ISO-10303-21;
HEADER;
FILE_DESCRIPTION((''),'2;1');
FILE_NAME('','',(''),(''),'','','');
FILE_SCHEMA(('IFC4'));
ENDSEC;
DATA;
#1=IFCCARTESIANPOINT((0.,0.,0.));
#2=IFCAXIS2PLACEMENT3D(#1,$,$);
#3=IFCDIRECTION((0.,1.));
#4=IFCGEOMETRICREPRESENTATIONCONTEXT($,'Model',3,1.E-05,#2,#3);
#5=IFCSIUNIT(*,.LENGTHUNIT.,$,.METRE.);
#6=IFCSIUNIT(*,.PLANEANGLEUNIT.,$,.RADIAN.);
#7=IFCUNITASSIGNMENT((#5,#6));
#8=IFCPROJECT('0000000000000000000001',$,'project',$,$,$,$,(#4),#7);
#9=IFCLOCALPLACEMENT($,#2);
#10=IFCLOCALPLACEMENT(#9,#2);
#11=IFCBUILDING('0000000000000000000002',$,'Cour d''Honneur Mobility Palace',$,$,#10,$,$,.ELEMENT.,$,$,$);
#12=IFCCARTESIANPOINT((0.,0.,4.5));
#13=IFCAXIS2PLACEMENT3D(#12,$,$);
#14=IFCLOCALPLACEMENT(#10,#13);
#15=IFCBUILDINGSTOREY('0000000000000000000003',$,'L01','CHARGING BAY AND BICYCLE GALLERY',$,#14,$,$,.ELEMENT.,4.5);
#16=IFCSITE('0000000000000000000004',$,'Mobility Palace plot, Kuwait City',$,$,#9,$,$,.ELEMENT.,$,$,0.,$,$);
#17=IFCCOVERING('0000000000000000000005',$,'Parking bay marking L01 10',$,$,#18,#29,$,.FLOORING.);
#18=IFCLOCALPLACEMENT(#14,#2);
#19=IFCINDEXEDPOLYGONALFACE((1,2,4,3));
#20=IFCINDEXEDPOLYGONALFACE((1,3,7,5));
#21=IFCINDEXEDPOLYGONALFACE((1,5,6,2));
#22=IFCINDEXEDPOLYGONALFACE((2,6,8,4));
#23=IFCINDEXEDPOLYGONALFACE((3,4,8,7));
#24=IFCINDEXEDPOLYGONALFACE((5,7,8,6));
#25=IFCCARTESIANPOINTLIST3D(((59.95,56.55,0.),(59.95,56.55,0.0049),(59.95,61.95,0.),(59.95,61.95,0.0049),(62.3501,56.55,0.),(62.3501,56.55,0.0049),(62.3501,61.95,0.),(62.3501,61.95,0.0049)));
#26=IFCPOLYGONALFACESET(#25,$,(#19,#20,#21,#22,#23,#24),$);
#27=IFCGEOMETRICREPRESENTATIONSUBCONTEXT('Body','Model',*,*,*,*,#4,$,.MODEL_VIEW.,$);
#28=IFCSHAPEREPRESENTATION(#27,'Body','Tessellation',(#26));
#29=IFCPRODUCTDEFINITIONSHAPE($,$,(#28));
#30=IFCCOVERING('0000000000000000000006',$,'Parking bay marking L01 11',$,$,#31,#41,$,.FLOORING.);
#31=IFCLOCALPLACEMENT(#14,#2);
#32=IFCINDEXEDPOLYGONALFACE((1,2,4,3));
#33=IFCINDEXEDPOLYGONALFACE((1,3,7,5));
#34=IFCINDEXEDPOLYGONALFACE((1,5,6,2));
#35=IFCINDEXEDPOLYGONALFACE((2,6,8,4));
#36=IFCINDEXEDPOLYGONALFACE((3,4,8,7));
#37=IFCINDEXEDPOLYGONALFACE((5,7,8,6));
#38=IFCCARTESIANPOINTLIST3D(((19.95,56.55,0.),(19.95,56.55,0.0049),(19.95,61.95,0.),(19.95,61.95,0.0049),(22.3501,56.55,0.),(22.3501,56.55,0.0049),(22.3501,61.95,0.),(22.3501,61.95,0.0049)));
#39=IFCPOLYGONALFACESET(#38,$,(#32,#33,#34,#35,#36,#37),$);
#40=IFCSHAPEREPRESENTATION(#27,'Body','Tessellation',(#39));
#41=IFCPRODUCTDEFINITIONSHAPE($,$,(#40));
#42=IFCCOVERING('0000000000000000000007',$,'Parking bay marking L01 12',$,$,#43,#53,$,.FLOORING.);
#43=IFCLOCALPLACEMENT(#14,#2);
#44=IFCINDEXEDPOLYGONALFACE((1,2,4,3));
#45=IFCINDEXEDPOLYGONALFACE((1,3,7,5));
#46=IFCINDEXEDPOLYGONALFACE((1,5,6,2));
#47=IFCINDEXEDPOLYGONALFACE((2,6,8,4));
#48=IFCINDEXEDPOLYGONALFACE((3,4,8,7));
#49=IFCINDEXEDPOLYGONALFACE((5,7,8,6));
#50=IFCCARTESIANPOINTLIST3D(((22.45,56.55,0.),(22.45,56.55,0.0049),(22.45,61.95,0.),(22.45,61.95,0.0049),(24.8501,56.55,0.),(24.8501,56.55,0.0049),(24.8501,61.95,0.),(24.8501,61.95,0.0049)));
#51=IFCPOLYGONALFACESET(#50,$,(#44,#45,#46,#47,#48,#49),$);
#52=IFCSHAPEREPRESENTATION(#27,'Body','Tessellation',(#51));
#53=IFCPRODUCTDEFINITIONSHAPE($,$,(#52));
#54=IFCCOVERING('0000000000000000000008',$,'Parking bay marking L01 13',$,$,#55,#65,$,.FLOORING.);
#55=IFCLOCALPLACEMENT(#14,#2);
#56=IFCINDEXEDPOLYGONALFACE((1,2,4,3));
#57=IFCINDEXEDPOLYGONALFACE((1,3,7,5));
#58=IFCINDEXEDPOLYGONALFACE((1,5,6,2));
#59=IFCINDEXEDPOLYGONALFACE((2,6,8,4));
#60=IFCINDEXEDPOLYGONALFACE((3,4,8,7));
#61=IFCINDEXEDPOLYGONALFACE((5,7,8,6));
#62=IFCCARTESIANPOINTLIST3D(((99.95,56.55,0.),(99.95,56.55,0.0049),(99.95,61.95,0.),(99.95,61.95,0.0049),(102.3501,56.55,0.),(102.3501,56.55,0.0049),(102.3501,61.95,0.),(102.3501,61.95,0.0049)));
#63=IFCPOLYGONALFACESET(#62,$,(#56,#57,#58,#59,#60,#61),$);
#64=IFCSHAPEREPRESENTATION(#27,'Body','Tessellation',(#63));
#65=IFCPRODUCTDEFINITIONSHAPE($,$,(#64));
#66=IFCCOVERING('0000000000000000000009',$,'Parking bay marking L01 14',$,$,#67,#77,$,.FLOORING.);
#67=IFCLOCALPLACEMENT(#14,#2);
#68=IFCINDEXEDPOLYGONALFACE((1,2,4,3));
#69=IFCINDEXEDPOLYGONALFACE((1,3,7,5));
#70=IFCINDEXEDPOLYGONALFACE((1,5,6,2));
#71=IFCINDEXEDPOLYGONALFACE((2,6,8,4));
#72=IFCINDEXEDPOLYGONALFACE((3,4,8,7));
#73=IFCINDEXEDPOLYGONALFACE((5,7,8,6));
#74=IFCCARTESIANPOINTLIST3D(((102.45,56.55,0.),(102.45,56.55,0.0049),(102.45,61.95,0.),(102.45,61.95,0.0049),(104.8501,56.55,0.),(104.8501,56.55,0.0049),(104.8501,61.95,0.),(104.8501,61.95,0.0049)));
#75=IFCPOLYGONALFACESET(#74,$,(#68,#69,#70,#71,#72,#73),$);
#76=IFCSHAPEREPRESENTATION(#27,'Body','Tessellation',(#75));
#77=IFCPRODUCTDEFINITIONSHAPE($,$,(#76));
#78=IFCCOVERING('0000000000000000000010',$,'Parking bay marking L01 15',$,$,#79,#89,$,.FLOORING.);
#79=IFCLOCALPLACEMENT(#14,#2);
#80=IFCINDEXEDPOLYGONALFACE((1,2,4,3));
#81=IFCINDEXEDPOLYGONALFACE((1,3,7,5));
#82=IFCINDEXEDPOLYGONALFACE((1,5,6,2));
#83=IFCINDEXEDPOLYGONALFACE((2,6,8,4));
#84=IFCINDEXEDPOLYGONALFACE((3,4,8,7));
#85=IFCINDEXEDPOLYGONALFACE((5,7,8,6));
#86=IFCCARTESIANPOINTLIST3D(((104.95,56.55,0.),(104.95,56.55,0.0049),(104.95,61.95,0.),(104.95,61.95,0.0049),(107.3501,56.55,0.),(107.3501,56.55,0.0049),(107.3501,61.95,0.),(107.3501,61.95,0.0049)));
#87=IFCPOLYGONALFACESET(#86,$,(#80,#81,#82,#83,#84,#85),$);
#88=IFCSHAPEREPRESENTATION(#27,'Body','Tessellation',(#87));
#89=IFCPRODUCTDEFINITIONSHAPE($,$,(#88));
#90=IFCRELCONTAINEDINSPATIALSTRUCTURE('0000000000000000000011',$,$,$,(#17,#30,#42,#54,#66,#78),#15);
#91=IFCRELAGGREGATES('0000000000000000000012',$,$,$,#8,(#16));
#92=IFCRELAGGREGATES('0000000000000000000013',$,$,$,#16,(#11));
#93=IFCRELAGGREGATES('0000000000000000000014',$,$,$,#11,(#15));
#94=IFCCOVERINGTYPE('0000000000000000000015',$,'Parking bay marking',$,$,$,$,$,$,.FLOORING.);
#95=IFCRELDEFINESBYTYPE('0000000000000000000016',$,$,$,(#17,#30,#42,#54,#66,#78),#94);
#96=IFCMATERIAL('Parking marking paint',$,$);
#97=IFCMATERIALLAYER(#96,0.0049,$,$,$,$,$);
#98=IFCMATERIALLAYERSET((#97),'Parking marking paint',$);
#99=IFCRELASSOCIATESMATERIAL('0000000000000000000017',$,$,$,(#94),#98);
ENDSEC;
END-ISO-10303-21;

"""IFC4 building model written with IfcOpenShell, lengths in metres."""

from ifc_helpers import new_model, si_unit, direction, frame, origin, place, context, subcontext, project, spatial, polyline, outline, extrude, material, layer, layer_set, type_object, element, save


model = new_model("IFC4")

# Units and contexts
model_context = context("Model", 3, precision=1e-05, world=origin(), true_north=direction((0.0, 1.0)))
body_context = subcontext(model_context, "Body", "Model", "MODEL_VIEW")
ifc_project = project(units=[si_unit("LENGTHUNIT", "METRE"), si_unit("PLANEANGLEUNIT", "RADIAN")], contexts=[model_context])

# Site, building, storey
site_placement = place(None, origin())
site = spatial("IfcSite", under=ifc_project, at=site_placement, Name="Mobility Palace plot, Kuwait City", CompositionType="ELEMENT", RefElevation=0.0)
building_placement = place(site_placement, origin())
building = spatial("IfcBuilding", under=site, at=building_placement, Name="Cour d'Honneur Mobility Palace", CompositionType="ELEMENT")
storey_placement = place(building_placement, frame((0.0, 0.0, 4.5)))
storey = spatial("IfcBuildingStorey", under=building, at=storey_placement, Name="L01", Description="CHARGING BAY AND BICYCLE GALLERY", CompositionType="ELEMENT", Elevation=4.5)

# Coverings
ifc_material_1 = material(Name="Parking marking paint")
ifc_layer_1 = layer(ifc_material_1, 0.0049)
ifc_layer_set_1 = layer_set([ifc_layer_1], Name="Parking marking paint")
covering_type_1 = type_object("IfcCoveringType", Name="Parking bay marking", PredefinedType="FLOORING", material=ifc_layer_set_1)
covering_1_placement = place(storey_placement, origin())
element("IfcCovering", 1, at=covering_1_placement, inside=storey, type_object=covering_type_1, Name="Parking bay marking L01 10", PredefinedType="FLOORING", context=body_context, shape_type="SweptSolid", body=[
    extrude(outline(polyline([(62.3501, 56.55), (59.95, 56.55), (59.95, 61.95), (62.3501, 61.95), (62.3501, 56.55)])), origin(), (0.0, 0.0, 1.0), 0.0049),
])
covering_2_placement = place(storey_placement, origin())
element("IfcCovering", 2, at=covering_2_placement, inside=storey, type_object=covering_type_1, Name="Parking bay marking L01 11", PredefinedType="FLOORING", context=body_context, shape_type="SweptSolid", body=[
    extrude(outline(polyline([(22.3501, 56.55), (19.95, 56.55), (19.95, 61.95), (22.3501, 61.95), (22.3501, 56.55)])), origin(), (0.0, 0.0, 1.0), 0.0049),
])
covering_3_placement = place(storey_placement, origin())
element("IfcCovering", 3, at=covering_3_placement, inside=storey, type_object=covering_type_1, Name="Parking bay marking L01 12", PredefinedType="FLOORING", context=body_context, shape_type="SweptSolid", body=[
    extrude(outline(polyline([(24.8501, 56.55), (22.45, 56.55), (22.45, 61.95), (24.8501, 61.95), (24.8501, 56.55)])), origin(), (0.0, 0.0, 1.0), 0.0049),
])
covering_4_placement = place(storey_placement, origin())
element("IfcCovering", 4, at=covering_4_placement, inside=storey, type_object=covering_type_1, Name="Parking bay marking L01 13", PredefinedType="FLOORING", context=body_context, shape_type="SweptSolid", body=[
    extrude(outline(polyline([(102.3501, 56.55), (99.95, 56.55), (99.95, 61.95), (102.3501, 61.95), (102.3501, 56.55)])), origin(), (0.0, 0.0, 1.0), 0.0049),
])
covering_5_placement = place(storey_placement, origin())
element("IfcCovering", 5, at=covering_5_placement, inside=storey, type_object=covering_type_1, Name="Parking bay marking L01 14", PredefinedType="FLOORING", context=body_context, shape_type="SweptSolid", body=[
    extrude(outline(polyline([(104.8501, 56.55), (102.45, 56.55), (102.45, 61.95), (104.8501, 61.95), (104.8501, 56.55)])), origin(), (0.0, 0.0, 1.0), 0.0049),
])
covering_6_placement = place(storey_placement, origin())
element("IfcCovering", 6, at=covering_6_placement, inside=storey, type_object=covering_type_1, Name="Parking bay marking L01 15", PredefinedType="FLOORING", context=body_context, shape_type="SweptSolid", body=[
    extrude(outline(polyline([(107.3501, 56.55), (104.95, 56.55), (104.95, 61.95), (107.3501, 61.95), (107.3501, 56.55)])), origin(), (0.0, 0.0, 1.0), 0.0049),
])

save(model, "model.ifc")
